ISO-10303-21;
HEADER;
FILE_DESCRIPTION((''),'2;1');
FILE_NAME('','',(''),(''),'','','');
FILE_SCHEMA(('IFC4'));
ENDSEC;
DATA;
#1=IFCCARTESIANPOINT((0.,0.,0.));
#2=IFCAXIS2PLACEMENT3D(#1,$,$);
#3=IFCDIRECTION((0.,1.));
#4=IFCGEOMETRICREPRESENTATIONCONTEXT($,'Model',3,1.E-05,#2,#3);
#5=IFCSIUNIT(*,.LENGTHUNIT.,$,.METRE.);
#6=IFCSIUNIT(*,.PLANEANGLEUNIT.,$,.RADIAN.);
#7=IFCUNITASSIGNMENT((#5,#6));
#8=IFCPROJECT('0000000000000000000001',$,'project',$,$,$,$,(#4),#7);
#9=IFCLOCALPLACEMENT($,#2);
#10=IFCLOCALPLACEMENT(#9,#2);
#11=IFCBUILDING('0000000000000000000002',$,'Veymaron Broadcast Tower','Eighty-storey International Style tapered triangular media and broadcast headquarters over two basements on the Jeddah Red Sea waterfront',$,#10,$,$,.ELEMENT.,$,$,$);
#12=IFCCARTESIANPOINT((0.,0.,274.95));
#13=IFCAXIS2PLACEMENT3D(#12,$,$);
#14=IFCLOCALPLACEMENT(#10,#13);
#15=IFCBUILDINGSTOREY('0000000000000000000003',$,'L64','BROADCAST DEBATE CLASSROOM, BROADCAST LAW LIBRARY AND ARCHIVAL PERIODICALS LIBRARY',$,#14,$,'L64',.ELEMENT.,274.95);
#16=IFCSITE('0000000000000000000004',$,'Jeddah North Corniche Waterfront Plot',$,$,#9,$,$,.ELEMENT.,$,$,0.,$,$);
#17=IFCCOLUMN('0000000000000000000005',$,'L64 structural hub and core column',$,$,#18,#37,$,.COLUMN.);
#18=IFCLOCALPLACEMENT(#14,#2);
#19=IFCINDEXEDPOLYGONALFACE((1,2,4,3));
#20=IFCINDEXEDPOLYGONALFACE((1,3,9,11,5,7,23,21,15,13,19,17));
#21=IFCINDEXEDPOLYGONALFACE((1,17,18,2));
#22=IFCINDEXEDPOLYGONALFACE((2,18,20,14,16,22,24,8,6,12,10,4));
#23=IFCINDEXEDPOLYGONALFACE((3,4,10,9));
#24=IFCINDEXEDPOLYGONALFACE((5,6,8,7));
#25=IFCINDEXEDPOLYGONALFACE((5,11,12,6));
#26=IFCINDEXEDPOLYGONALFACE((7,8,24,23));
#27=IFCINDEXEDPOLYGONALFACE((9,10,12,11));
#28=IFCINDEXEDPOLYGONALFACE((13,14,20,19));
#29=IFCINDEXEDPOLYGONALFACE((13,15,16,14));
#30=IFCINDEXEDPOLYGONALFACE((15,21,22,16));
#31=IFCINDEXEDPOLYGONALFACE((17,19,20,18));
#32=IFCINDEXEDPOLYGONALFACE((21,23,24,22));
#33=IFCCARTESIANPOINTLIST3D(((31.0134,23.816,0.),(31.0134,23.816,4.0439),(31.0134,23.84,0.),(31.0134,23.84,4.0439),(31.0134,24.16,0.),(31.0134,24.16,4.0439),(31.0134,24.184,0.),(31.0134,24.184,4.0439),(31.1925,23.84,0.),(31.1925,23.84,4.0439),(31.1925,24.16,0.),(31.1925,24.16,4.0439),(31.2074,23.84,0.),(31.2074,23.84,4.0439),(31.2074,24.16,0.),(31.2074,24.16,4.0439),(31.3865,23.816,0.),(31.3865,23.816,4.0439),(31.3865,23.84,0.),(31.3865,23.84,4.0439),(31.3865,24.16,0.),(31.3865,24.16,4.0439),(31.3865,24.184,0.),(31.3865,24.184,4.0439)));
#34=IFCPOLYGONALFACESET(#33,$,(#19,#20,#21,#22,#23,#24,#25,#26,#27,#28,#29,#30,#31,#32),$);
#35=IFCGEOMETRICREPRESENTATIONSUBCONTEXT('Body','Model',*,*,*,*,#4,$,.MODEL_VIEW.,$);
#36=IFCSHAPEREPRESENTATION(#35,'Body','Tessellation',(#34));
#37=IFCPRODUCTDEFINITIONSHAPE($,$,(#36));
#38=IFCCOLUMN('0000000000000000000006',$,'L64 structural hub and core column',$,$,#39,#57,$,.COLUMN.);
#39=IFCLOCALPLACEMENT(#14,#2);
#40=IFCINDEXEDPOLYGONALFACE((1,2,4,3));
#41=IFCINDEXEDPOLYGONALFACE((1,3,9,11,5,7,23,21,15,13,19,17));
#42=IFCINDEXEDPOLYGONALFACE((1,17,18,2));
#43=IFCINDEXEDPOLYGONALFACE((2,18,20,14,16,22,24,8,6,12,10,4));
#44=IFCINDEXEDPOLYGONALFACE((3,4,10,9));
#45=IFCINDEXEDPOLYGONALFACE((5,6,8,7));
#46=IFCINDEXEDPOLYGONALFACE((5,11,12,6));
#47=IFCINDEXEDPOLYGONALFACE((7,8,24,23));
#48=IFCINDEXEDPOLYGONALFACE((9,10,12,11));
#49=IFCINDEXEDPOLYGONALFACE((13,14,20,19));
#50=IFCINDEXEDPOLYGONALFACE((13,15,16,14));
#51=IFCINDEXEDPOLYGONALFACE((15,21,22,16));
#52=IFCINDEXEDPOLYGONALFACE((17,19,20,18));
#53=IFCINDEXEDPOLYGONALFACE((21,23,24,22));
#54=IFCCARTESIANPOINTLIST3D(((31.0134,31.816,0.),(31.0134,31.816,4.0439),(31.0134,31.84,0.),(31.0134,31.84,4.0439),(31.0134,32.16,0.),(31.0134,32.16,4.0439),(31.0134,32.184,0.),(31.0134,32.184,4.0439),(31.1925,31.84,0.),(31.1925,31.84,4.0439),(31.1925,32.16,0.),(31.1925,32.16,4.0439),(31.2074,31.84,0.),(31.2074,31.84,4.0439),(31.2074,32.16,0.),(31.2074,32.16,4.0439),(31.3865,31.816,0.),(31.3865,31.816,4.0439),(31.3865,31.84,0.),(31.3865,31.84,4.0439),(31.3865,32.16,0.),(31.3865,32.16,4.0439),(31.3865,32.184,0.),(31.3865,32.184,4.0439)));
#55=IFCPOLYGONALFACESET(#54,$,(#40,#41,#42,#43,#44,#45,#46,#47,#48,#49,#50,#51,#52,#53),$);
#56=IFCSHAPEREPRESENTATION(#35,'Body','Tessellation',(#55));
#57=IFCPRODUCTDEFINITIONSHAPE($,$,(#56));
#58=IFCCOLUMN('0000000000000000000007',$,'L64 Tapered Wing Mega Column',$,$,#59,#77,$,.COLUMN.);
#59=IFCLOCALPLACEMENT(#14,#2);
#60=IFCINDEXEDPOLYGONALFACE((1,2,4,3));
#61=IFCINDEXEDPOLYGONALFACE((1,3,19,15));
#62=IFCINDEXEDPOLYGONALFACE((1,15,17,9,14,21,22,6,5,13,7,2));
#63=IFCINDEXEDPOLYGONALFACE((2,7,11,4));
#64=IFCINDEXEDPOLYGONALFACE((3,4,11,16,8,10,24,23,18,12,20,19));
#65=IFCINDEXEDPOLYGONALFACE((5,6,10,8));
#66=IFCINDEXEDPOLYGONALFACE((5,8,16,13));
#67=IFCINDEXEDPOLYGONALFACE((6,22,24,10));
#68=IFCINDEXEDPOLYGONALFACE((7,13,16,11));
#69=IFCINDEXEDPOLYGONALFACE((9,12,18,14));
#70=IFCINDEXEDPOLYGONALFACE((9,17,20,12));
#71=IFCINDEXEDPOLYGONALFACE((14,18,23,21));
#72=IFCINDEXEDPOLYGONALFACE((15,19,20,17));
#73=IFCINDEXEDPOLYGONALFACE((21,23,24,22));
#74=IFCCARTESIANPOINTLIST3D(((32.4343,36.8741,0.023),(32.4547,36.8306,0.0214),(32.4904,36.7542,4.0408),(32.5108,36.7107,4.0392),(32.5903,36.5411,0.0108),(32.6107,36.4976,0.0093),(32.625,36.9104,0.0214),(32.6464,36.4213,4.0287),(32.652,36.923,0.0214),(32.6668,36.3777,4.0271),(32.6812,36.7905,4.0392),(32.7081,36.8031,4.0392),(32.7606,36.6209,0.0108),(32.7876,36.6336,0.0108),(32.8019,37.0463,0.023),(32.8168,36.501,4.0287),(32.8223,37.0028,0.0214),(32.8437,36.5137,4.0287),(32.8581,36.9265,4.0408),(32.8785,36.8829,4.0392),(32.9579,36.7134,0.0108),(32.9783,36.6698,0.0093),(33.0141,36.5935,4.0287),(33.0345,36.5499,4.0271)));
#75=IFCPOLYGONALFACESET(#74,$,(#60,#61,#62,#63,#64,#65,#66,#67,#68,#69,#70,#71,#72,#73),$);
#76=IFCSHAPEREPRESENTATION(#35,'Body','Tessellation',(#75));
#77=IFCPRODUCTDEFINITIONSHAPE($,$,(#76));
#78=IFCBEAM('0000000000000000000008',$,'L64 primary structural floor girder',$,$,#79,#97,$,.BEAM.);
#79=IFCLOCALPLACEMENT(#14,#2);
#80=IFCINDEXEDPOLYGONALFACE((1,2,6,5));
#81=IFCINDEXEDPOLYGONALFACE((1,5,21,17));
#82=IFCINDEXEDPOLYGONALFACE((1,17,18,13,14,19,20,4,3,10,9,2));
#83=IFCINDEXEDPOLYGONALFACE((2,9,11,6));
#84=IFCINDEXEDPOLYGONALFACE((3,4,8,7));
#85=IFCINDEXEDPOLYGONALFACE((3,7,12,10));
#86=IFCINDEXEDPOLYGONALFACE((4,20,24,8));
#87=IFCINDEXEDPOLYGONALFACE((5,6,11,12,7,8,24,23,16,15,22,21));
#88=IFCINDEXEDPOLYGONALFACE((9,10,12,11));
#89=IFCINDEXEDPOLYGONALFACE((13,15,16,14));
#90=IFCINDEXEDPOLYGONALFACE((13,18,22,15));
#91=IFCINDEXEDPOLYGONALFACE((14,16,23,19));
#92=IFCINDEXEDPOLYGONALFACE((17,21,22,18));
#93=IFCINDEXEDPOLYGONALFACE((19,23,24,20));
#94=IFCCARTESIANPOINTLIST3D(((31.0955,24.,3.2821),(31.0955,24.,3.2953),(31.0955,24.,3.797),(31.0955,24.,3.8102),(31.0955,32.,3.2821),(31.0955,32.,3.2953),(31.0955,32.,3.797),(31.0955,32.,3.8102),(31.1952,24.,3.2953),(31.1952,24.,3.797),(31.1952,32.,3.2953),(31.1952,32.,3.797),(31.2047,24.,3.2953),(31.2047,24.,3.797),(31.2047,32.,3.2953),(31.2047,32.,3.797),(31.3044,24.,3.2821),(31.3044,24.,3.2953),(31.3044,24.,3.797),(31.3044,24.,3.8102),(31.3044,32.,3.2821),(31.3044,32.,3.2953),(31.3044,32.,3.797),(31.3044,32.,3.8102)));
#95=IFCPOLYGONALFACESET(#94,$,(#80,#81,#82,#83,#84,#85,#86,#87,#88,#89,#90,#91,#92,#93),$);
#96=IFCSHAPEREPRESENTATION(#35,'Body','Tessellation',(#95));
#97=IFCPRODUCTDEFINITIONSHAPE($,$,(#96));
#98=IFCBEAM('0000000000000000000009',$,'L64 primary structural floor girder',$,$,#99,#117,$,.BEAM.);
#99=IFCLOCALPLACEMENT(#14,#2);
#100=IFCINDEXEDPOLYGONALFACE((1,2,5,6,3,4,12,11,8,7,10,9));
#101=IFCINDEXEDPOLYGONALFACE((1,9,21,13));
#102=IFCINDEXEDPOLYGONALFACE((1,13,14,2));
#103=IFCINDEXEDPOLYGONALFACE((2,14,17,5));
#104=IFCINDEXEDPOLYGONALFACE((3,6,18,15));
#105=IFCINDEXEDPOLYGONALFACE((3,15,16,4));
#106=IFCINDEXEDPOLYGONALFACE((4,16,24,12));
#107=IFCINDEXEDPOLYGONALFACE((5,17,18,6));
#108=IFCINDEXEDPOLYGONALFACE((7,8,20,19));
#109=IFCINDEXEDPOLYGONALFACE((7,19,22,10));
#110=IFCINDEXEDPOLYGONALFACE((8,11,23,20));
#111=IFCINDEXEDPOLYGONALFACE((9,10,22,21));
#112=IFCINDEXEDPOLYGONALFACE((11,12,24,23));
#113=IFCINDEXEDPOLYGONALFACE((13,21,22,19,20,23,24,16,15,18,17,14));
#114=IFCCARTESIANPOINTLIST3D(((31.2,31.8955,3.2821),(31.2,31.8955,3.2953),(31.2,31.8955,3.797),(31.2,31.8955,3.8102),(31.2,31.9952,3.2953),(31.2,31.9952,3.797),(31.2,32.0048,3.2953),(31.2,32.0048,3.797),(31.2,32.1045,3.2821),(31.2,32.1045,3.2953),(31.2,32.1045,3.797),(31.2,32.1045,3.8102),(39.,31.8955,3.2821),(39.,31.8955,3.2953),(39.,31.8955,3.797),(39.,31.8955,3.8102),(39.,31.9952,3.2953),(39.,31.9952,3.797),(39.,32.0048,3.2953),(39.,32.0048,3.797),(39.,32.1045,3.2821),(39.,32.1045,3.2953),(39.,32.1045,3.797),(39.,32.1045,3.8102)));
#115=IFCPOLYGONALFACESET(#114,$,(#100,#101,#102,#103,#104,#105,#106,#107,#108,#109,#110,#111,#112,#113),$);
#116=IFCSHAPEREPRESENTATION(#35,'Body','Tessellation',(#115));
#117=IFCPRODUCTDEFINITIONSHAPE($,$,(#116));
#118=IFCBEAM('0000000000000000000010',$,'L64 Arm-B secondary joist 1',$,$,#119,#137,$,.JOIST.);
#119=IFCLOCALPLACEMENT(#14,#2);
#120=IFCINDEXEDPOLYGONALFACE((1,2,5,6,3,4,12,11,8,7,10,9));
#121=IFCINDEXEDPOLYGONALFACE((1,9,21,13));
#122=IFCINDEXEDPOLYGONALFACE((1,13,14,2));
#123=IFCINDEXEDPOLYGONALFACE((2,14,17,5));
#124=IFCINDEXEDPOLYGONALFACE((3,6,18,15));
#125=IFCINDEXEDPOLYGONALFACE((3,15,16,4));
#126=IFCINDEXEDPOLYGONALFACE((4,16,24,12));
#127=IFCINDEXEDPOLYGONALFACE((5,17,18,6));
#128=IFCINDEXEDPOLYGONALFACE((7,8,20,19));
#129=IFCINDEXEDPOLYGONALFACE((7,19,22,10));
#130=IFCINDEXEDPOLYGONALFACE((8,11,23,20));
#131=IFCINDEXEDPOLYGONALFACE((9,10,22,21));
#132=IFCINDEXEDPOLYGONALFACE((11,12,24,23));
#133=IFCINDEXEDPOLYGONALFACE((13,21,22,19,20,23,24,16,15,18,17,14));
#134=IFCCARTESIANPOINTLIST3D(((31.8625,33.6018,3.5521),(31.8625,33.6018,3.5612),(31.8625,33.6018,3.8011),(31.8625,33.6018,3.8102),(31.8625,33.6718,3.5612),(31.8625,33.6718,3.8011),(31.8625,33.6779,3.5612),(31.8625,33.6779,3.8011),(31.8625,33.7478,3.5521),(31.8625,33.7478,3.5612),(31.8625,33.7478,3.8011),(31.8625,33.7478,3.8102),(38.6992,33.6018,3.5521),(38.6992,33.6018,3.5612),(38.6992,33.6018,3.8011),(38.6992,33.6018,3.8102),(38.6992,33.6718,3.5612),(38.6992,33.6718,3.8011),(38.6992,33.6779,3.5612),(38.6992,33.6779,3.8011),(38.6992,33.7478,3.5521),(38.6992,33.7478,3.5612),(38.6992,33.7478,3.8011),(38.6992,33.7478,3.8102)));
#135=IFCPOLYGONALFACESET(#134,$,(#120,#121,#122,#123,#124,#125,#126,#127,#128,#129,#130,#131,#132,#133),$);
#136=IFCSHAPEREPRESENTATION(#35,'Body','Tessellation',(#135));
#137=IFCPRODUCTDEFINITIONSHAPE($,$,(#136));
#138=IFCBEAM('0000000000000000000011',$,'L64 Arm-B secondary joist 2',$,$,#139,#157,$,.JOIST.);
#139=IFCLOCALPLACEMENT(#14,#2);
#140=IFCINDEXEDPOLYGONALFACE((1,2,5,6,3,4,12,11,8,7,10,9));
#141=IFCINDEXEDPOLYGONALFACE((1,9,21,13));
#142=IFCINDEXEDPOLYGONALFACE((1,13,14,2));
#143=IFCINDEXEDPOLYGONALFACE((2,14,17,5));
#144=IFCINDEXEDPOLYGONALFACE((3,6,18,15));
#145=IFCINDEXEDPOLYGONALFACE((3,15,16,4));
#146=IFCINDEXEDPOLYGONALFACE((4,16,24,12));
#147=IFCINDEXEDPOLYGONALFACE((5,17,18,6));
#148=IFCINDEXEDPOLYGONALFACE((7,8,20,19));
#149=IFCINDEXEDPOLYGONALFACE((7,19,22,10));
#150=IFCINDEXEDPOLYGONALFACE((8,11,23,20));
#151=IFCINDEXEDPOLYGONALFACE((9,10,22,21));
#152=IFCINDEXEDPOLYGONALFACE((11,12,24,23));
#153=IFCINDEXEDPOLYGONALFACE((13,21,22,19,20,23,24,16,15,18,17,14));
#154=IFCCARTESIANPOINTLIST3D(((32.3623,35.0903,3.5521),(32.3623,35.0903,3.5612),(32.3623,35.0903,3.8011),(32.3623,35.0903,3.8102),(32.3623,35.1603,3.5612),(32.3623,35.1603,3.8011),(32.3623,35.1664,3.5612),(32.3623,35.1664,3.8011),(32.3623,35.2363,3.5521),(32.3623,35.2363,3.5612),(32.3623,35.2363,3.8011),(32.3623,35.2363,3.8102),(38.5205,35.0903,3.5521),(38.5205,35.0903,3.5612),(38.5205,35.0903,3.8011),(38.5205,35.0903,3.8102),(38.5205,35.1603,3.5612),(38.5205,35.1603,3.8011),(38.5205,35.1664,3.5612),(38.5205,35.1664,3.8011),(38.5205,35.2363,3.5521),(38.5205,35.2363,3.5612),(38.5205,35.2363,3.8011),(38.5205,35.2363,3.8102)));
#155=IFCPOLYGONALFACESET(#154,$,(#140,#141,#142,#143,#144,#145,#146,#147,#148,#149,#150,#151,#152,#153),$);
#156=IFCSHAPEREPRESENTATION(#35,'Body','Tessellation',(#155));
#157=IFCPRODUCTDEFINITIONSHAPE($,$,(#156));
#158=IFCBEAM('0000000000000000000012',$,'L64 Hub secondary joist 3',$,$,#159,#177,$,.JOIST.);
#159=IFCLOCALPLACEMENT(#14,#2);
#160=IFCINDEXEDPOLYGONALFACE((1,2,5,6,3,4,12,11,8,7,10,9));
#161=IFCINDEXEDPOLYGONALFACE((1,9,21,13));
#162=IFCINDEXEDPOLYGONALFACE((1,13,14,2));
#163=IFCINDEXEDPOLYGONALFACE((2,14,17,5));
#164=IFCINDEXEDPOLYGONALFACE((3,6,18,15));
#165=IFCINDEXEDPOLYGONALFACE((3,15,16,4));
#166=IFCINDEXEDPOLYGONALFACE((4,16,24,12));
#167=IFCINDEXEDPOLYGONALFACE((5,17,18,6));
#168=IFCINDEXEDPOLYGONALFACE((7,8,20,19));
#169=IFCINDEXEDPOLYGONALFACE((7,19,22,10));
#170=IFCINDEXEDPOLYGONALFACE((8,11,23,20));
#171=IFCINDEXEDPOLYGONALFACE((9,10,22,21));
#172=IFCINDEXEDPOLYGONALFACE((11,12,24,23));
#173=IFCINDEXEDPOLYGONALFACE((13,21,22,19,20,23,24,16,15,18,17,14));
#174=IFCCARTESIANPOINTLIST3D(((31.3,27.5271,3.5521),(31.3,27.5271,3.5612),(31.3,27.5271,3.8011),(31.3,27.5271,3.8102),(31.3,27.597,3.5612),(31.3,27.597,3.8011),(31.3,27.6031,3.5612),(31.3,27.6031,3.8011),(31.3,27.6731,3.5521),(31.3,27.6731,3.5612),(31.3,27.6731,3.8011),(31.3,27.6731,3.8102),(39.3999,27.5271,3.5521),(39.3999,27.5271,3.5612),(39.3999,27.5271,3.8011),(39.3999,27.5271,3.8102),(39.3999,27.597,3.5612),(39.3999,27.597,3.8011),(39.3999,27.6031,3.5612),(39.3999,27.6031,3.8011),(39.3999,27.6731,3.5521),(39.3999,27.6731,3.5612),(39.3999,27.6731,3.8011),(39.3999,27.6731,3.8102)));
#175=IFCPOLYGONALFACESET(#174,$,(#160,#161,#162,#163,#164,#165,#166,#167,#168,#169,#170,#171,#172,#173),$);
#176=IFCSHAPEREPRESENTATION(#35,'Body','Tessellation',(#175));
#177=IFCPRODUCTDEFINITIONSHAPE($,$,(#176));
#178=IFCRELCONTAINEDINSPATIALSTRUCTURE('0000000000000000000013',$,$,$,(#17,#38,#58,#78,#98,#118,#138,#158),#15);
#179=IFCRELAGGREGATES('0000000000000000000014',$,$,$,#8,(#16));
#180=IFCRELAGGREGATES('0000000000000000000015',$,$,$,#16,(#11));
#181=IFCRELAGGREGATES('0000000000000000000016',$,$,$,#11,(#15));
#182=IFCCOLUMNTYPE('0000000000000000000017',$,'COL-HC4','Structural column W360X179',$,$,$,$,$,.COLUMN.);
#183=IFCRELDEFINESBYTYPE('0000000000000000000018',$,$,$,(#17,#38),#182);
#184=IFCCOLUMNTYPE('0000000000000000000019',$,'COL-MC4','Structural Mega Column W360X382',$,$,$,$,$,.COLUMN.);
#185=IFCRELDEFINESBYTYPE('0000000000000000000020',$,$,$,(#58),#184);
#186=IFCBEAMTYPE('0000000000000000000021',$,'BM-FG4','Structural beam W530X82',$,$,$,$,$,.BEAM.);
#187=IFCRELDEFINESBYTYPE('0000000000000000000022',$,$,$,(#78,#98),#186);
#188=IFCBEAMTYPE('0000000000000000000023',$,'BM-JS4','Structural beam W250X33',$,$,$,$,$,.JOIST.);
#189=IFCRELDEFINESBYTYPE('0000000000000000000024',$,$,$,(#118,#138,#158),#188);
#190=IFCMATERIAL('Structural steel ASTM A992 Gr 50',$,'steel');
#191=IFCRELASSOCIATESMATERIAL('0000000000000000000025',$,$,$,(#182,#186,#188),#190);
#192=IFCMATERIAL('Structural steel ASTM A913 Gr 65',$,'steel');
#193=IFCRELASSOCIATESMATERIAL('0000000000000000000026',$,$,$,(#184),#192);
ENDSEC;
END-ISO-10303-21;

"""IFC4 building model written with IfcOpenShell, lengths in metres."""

from ifc_helpers import new_model, si_unit, direction, frame, origin, origin_2d, place, context, subcontext, project, spatial, i_section, extrude, material, material_profile, profile_set, type_object, element, save


model = new_model("IFC4")

# Units and contexts
model_context = context("Model", 3, precision=1e-05, world=origin(), true_north=direction((0.0, 1.0)))
body_context = subcontext(model_context, "Body", "Model", "MODEL_VIEW")
ifc_project = project(units=[si_unit("LENGTHUNIT", "METRE"), si_unit("PLANEANGLEUNIT", "RADIAN")], contexts=[model_context])

# Site, building, storey
site_placement = place(None, origin())
site = spatial("IfcSite", under=ifc_project, at=site_placement, Name="Jeddah North Corniche Waterfront Plot", CompositionType="ELEMENT", RefElevation=0.0)
building_placement = place(site_placement, origin())
building = spatial("IfcBuilding", under=site, at=building_placement, Name="Veymaron Broadcast Tower", Description="Eighty-storey International Style tapered triangular media and broadcast headquarters over two basements on the Jeddah Red Sea waterfront", CompositionType="ELEMENT")
storey_placement = place(building_placement, frame((0.0, 0.0, 274.95)))
storey = spatial("IfcBuildingStorey", under=building, at=storey_placement, Name="L64", Description="BROADCAST DEBATE CLASSROOM, BROADCAST LAW LIBRARY AND ARCHIVAL PERIODICALS LIBRARY", LongName="L64", CompositionType="ELEMENT", Elevation=274.95)

# Columns
ifc_material_1 = material(Name="Structural steel ASTM A992 Gr 50", Category="steel")
ifc_material_profile_1 = material_profile(ifc_material_1, i_section(OverallWidth=0.373, OverallDepth=0.3679, WebThickness=0.0149, FlangeThickness=0.0239, at=origin_2d()), Name="W360X179")
ifc_profile_set_1 = profile_set([ifc_material_profile_1], Name="Structural steel ASTM A992 Gr 50")
column_type_1 = type_object("IfcColumnType", Name="COL-HC4", Description="Structural column W360X179", PredefinedType="COLUMN", material=ifc_profile_set_1)
for number, where, z_axis, x_axis, name in (
    (1, (31.2, 24.0, 0.0), (0.0, 0.0, 1.0), (1.0, 0.0, 0.0), "L64 structural hub and core column"),
    (2, (31.2, 32.0, 0.0), (0.0, 0.0, 1.0), (1.0, 0.0, 0.0), "L64 structural hub and core column"),
):
    element("IfcColumn", number, at=place(storey_placement, frame(where, z_axis=z_axis, x_axis=x_axis)), inside=storey, type_object=column_type_1, Name=name, PredefinedType="COLUMN", context=body_context, shape_type="SweptSolid", body=[
        extrude(i_section(OverallWidth=0.373, OverallDepth=0.3679, WebThickness=0.0149, FlangeThickness=0.0239, at=origin_2d()), origin(), (0.0, 0.0, 1.0), 4.0439),
    ])
ifc_material_2 = material(Name="Structural steel ASTM A913 Gr 65", Category="steel")
ifc_material_profile_2 = material_profile(ifc_material_2, i_section(OverallWidth=0.406, OverallDepth=0.416, WebThickness=0.0298, FlangeThickness=0.0481, at=origin_2d()), Name="W360X382")
ifc_profile_set_2 = profile_set([ifc_material_profile_2], Name="Structural steel ASTM A913 Gr 65")
column_type_2 = type_object("IfcColumnType", Name="COL-MC4", Description="Structural Mega Column W360X382", PredefinedType="COLUMN", material=ifc_profile_set_2)
column_placement = place(storey_placement, frame((32.7063, 36.772, 0.0161), z_axis=(0.013968, -0.029819, 0.999458), x_axis=(0.90557, 0.424198, 0.0)))
element("IfcColumn", 3, at=column_placement, inside=storey, type_object=column_type_2, Name="L64 Tapered Wing Mega Column", PredefinedType="COLUMN", context=body_context, shape_type="SweptSolid", body=[
    extrude(i_section(OverallWidth=0.406, OverallDepth=0.416, WebThickness=0.0298, FlangeThickness=0.0481, at=origin_2d()), origin(), (0.0, 0.0, 1.0), 4.02),
])

# Beams
ifc_material_profile_3 = material_profile(ifc_material_1, i_section(OverallWidth=0.209, OverallDepth=0.5281, WebThickness=0.0095, FlangeThickness=0.0132, at=origin_2d()), Name="W530X82")
ifc_profile_set_3 = profile_set([ifc_material_profile_3], Name="Structural steel ASTM A992 Gr 50")
beam_type_1 = type_object("IfcBeamType", Name="BM-FG4", Description="Structural beam W530X82", PredefinedType="BEAM", material=ifc_profile_set_3)
beam_1_placement = place(storey_placement, frame((31.2, 24.0, 3.5461), z_axis=(0.0, 1.0, 0.0), x_axis=(-1.0, 0.0, 0.0)))
element("IfcBeam", 4, at=beam_1_placement, inside=storey, type_object=beam_type_1, Name="L64 primary structural floor girder", PredefinedType="BEAM", context=body_context, shape_type="SweptSolid", body=[
    extrude(i_section(OverallWidth=0.209, OverallDepth=0.5281, WebThickness=0.0095, FlangeThickness=0.0132, at=origin_2d()), origin(), (0.0, 0.0, 1.0), 8.0),
])
beam_2_placement = place(storey_placement, frame((31.2, 32.0, 3.5461), z_axis=(1.0, 0.0, 0.0), x_axis=(0.0, 1.0, 0.0)))
element("IfcBeam", 5, at=beam_2_placement, inside=storey, type_object=beam_type_1, Name="L64 primary structural floor girder", PredefinedType="BEAM", context=body_context, shape_type="SweptSolid", body=[
    extrude(i_section(OverallWidth=0.209, OverallDepth=0.5281, WebThickness=0.0095, FlangeThickness=0.0132, at=origin_2d()), origin(), (0.0, 0.0, 1.0), 7.8),
])
ifc_material_profile_4 = material_profile(ifc_material_1, i_section(OverallWidth=0.146, OverallDepth=0.2581, WebThickness=0.0061, FlangeThickness=0.009, at=origin_2d()), Name="W250X33")
ifc_profile_set_4 = profile_set([ifc_material_profile_4], Name="Structural steel ASTM A992 Gr 50")
beam_type_2 = type_object("IfcBeamType", Name="BM-JS4", Description="Structural beam W250X33", PredefinedType="JOIST", material=ifc_profile_set_4)
beam_3_placement = place(storey_placement, frame((31.8625, 33.6748, 3.6812), z_axis=(1.0, 0.0, 0.0), x_axis=(0.0, 1.0, 0.0)))
element("IfcBeam", 6, at=beam_3_placement, inside=storey, type_object=beam_type_2, Name="L64 Arm-B secondary joist 1", PredefinedType="JOIST", context=body_context, shape_type="SweptSolid", body=[
    extrude(i_section(OverallWidth=0.146, OverallDepth=0.2581, WebThickness=0.0061, FlangeThickness=0.009, at=origin_2d()), origin(), (0.0, 0.0, 1.0), 6.8367),
])
beam_4_placement = place(storey_placement, frame((32.3623, 35.1633, 3.6812), z_axis=(1.0, 0.0, 0.0), x_axis=(0.0, 1.0, 0.0)))
element("IfcBeam", 7, at=beam_4_placement, inside=storey, type_object=beam_type_2, Name="L64 Arm-B secondary joist 2", PredefinedType="JOIST", context=body_context, shape_type="SweptSolid", body=[
    extrude(i_section(OverallWidth=0.146, OverallDepth=0.2581, WebThickness=0.0061, FlangeThickness=0.009, at=origin_2d()), origin(), (0.0, 0.0, 1.0), 6.1582),
])
for number, where, z_axis, x_axis, name in (
    (8, (31.3, 27.6001, 3.6812), (1.0, 0.0, 0.0), (0.0, 1.0, 0.0), "L64 Hub secondary joist 3"),
):
    element("IfcBeam", number, at=place(storey_placement, frame(where, z_axis=z_axis, x_axis=x_axis)), inside=storey, type_object=beam_type_2, Name=name, PredefinedType="JOIST", context=body_context, shape_type="SweptSolid", body=[
        extrude(i_section(OverallWidth=0.146, OverallDepth=0.2581, WebThickness=0.0061, FlangeThickness=0.009, at=origin_2d()), origin(), (0.0, 0.0, 1.0), 8.0999),
    ])

save(model, "model.ifc")
